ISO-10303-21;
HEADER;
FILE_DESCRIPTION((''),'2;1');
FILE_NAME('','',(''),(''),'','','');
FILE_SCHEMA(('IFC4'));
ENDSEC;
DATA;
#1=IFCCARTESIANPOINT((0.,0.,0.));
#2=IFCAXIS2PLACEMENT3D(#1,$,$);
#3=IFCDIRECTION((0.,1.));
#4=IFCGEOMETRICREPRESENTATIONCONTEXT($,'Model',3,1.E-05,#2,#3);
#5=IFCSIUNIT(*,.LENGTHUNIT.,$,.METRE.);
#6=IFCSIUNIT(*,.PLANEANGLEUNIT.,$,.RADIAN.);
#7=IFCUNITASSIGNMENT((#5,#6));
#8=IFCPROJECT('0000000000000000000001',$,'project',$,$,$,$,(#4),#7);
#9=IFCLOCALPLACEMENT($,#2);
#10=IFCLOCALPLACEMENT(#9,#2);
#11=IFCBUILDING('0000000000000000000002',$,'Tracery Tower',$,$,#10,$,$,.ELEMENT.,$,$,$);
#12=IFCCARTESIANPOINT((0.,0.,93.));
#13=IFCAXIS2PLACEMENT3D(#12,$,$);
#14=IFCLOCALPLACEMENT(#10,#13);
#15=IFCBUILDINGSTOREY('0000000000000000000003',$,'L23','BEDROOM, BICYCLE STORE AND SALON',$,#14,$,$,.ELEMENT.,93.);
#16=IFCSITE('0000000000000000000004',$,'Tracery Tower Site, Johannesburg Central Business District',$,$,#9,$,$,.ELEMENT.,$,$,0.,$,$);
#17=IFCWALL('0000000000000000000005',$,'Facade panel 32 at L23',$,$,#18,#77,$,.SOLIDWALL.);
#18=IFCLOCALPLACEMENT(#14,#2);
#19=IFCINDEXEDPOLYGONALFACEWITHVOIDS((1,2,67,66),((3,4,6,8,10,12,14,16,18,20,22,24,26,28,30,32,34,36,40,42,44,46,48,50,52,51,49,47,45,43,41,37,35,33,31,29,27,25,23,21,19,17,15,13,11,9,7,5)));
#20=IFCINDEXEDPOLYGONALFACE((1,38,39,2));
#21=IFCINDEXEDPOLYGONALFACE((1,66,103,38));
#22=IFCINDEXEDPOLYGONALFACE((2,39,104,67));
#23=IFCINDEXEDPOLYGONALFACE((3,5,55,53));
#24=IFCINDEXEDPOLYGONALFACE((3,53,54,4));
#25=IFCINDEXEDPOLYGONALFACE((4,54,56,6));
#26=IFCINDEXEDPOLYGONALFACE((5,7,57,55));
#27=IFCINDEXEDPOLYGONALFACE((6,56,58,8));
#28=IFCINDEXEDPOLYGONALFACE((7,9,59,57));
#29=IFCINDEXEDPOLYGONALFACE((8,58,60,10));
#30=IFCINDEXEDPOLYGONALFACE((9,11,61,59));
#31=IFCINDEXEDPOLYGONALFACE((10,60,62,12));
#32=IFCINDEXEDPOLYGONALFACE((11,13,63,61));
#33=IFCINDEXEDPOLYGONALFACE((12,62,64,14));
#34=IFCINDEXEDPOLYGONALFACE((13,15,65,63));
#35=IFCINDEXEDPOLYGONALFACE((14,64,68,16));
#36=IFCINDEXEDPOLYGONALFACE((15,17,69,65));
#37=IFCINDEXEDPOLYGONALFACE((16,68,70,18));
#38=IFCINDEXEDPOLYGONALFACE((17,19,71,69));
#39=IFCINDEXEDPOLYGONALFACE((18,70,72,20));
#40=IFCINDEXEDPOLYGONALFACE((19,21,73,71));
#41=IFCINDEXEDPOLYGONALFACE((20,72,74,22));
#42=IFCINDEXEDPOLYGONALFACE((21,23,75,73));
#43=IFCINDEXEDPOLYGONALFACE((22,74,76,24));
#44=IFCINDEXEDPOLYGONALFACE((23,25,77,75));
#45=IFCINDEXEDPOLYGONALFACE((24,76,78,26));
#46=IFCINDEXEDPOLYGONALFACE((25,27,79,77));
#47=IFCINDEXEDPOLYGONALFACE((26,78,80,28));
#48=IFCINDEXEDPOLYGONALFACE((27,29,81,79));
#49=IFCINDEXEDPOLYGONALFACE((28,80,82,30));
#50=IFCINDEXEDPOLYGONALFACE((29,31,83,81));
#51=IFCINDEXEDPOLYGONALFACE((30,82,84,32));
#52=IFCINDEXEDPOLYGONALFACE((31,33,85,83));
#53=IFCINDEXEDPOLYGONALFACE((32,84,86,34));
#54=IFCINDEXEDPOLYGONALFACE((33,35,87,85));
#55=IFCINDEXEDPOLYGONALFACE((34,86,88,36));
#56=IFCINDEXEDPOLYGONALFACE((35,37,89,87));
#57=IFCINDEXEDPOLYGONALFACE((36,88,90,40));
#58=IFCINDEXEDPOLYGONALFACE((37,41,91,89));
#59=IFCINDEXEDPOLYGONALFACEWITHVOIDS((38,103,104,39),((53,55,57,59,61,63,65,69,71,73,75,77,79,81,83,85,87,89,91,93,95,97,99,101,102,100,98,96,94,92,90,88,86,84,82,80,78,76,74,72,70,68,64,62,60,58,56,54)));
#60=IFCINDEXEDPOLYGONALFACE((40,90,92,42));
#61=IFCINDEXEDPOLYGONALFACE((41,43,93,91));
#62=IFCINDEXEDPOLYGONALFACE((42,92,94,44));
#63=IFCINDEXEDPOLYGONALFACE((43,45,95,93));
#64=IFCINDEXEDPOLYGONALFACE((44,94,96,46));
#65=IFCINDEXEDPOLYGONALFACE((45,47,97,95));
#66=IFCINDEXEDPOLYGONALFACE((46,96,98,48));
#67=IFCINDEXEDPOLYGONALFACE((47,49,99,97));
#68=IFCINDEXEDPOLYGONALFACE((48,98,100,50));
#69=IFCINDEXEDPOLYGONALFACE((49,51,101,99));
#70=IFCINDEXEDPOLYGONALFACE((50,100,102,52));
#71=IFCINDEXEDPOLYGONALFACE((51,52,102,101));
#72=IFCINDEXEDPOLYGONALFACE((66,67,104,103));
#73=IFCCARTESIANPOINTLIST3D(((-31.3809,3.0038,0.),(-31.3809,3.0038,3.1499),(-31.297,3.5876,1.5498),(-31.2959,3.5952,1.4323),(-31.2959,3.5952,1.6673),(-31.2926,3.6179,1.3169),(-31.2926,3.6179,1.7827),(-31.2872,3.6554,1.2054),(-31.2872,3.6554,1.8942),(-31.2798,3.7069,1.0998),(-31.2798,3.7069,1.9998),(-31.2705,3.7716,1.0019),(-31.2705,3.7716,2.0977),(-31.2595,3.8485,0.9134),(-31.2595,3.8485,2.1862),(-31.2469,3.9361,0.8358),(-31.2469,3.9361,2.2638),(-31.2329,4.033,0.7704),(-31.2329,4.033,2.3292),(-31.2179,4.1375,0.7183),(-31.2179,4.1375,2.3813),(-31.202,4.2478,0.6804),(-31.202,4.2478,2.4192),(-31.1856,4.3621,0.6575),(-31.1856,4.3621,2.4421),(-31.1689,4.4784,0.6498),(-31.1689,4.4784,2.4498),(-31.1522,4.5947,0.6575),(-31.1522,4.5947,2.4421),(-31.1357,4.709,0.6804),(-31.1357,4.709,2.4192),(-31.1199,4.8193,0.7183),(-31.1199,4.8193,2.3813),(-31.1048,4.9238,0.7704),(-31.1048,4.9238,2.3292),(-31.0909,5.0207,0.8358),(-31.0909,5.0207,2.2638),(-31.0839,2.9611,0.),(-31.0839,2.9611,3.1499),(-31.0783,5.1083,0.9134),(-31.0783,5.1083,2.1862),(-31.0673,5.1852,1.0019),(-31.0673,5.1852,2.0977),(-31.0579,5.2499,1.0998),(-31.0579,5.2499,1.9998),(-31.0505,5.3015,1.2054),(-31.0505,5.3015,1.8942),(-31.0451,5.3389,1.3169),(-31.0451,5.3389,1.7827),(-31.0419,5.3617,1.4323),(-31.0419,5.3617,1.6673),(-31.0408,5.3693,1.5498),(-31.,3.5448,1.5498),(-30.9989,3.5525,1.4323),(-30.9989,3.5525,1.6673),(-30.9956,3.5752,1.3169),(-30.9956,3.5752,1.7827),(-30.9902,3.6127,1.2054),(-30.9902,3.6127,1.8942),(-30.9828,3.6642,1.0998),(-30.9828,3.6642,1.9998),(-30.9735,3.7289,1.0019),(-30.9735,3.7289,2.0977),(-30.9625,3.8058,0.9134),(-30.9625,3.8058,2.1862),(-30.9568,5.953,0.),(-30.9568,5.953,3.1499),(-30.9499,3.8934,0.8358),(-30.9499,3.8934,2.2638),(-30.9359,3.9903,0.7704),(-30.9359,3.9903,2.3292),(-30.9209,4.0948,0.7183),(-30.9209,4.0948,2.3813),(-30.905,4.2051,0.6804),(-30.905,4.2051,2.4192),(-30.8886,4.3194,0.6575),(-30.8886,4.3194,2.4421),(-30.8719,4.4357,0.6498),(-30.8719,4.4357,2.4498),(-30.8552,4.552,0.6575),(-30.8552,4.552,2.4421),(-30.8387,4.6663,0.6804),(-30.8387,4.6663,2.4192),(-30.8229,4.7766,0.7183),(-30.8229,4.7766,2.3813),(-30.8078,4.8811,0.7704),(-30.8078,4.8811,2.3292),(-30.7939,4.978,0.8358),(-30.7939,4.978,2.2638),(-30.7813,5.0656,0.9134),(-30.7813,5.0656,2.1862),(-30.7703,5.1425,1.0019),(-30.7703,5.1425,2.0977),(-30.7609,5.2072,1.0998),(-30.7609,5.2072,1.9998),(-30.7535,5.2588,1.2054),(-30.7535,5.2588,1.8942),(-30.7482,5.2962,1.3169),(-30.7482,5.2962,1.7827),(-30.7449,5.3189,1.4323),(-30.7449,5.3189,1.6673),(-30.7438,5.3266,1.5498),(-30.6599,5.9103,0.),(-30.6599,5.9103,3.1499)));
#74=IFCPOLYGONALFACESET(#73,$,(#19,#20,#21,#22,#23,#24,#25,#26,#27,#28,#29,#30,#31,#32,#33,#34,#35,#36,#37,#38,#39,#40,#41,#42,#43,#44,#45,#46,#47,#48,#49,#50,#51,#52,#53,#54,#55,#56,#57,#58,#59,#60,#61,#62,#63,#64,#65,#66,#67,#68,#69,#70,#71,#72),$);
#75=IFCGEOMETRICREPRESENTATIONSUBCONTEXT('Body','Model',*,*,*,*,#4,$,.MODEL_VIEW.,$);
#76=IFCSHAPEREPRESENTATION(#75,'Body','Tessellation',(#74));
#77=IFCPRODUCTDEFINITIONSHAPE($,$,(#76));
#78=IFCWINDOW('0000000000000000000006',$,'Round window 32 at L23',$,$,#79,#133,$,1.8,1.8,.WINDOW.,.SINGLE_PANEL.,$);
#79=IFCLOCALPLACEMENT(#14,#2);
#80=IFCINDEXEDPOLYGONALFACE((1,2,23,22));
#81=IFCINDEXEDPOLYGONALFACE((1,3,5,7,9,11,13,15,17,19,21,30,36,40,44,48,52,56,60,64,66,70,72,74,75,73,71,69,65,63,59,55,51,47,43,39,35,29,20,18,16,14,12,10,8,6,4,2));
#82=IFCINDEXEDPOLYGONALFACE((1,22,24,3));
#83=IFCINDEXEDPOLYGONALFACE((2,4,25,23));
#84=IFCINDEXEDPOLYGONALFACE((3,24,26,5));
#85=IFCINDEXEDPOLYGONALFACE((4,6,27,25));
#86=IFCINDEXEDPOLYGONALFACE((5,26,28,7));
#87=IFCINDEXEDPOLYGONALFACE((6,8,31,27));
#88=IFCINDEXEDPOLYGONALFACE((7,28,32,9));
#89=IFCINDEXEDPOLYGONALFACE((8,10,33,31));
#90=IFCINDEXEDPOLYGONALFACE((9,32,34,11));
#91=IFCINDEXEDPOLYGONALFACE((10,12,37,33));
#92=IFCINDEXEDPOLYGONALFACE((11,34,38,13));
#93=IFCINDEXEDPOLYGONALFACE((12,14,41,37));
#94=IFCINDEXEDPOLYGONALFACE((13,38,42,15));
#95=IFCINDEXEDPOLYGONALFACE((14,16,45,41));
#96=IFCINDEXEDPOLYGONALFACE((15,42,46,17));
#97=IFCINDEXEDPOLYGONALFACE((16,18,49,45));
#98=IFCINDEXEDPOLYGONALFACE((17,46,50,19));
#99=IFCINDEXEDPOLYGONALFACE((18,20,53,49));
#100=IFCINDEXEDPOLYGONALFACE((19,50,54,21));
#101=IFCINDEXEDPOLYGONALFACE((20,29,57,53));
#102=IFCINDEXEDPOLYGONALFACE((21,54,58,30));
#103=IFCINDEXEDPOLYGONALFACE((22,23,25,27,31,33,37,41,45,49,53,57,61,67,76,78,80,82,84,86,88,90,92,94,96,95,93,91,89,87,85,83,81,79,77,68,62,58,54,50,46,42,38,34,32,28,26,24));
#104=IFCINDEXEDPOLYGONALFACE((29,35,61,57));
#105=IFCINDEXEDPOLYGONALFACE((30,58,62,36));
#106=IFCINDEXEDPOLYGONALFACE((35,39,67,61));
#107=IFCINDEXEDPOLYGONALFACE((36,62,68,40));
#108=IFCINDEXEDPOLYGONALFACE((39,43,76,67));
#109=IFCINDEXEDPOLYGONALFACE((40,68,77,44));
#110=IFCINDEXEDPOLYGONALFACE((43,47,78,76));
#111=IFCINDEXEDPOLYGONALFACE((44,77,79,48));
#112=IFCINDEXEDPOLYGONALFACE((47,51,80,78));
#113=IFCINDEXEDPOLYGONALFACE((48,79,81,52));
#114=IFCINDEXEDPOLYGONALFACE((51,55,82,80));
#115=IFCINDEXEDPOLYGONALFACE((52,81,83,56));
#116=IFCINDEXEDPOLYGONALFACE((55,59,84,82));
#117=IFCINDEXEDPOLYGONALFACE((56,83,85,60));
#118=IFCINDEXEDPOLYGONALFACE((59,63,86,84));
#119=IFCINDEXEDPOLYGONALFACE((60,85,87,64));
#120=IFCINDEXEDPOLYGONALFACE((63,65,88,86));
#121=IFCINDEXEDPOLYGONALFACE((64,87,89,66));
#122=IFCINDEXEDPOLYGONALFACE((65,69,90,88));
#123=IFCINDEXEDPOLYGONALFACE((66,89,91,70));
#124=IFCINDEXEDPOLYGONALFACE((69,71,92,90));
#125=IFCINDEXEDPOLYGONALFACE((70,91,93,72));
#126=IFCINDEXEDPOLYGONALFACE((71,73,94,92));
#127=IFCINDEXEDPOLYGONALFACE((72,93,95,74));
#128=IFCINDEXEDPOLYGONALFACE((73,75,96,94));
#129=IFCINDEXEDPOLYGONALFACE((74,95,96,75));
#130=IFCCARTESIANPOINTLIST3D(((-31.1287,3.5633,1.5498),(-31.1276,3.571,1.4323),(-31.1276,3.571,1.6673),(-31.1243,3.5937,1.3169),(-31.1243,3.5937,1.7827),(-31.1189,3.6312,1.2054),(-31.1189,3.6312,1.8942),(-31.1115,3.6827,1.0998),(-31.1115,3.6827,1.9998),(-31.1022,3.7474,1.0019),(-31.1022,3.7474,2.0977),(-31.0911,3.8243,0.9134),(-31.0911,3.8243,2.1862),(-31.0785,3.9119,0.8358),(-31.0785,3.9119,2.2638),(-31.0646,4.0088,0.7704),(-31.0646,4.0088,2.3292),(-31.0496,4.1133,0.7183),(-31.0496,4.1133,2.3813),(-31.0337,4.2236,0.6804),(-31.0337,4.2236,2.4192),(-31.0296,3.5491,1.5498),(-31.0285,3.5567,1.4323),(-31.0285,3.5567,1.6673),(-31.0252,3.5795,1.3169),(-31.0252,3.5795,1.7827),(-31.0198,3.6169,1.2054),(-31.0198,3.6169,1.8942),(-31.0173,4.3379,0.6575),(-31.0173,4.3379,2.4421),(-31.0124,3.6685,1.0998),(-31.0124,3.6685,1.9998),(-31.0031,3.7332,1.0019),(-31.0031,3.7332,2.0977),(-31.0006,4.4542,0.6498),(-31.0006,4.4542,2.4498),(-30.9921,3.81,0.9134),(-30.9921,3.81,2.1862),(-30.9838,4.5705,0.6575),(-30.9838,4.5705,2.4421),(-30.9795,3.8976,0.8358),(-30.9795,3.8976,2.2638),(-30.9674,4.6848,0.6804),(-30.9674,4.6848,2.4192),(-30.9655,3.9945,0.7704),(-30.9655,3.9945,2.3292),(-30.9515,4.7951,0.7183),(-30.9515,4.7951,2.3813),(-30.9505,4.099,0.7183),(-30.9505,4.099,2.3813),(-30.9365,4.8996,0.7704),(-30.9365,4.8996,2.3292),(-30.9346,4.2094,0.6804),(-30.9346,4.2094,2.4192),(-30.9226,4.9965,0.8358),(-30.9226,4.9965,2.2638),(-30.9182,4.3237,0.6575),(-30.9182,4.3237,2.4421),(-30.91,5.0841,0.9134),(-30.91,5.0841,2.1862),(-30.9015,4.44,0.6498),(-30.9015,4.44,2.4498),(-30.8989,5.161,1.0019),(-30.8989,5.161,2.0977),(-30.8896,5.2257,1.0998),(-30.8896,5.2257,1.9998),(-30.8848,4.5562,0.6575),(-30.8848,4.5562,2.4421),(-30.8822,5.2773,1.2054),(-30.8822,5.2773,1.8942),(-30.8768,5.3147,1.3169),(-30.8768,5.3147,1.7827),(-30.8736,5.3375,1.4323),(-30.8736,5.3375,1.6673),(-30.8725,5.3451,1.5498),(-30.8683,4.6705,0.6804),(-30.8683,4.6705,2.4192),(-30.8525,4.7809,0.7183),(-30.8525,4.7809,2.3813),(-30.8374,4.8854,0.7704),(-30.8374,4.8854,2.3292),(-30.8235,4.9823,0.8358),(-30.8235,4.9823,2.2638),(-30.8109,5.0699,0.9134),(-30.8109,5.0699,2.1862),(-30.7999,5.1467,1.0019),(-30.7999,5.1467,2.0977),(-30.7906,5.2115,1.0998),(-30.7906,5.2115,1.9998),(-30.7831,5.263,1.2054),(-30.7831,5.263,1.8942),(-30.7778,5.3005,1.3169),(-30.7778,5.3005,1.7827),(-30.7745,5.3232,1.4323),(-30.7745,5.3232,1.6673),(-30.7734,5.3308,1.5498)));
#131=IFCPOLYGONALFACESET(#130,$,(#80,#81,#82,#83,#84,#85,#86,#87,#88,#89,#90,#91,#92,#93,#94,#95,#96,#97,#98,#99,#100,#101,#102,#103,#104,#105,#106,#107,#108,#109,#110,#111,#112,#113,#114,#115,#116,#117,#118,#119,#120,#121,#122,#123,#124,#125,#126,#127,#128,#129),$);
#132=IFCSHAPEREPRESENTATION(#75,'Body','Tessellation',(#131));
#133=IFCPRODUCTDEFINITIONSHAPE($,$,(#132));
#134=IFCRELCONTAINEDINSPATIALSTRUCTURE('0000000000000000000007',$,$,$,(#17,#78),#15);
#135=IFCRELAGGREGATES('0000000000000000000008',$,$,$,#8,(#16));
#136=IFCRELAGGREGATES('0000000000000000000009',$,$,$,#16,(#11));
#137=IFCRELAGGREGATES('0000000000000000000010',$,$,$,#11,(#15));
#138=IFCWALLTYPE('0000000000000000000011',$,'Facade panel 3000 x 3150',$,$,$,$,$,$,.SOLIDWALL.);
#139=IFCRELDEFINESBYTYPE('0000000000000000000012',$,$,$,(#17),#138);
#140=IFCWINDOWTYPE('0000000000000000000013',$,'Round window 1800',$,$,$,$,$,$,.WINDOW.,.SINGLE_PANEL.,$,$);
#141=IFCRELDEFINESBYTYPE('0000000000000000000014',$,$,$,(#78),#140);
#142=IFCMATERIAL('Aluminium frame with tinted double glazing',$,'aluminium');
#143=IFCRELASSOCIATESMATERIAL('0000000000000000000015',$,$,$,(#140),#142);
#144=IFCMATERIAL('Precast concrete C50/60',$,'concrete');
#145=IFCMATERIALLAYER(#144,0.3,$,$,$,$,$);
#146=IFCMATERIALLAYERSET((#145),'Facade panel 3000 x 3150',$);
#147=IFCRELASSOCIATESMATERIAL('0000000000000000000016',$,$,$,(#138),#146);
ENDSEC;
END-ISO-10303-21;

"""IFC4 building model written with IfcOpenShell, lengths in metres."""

from ifc_helpers import new_model, si_unit, direction, frame, frame_2d, origin, origin_2d, place, context, subcontext, project, spatial, rectangle, circle, extrude, material, layer, layer_set, type_object, element, fill, save


model = new_model("IFC4")

# Units and contexts
model_context = context("Model", 3, precision=1e-05, world=origin(), true_north=direction((0.0, 1.0)))
body_context = subcontext(model_context, "Body", "Model", "MODEL_VIEW")
ifc_project = project(units=[si_unit("LENGTHUNIT", "METRE"), si_unit("PLANEANGLEUNIT", "RADIAN")], contexts=[model_context])

# Site, building, storey
site_placement = place(None, origin())
site = spatial("IfcSite", under=ifc_project, at=site_placement, Name="Tracery Tower Site, Johannesburg Central Business District", CompositionType="ELEMENT", RefElevation=0.0)
building_placement = place(site_placement, origin())
building = spatial("IfcBuilding", under=site, at=building_placement, Name="Tracery Tower", CompositionType="ELEMENT")
storey_placement = place(building_placement, frame((0.0, 0.0, 93.0)))
storey = spatial("IfcBuildingStorey", under=building, at=storey_placement, Name="L23", Description="BEDROOM, BICYCLE STORE AND SALON", CompositionType="ELEMENT", Elevation=93.0)

# Wall, opening, window
ifc_material_1 = material(Name="Aluminium frame with tinted double glazing", Category="aluminium")
window_type = type_object("IfcWindowType", Name="Round window 1800", PartitioningType="SINGLE_PANEL", PredefinedType="WINDOW", material=ifc_material_1)
ifc_material_2 = material(Name="Precast concrete C50/60", Category="concrete")
ifc_layer_1 = layer(ifc_material_2, 0.3)
ifc_layer_set_1 = layer_set([ifc_layer_1], Name="Facade panel 3000 x 3150")
wall_type_1 = type_object("IfcWallType", Name="Facade panel 3000 x 3150", PredefinedType="SOLIDWALL", material=ifc_layer_set_1)
wall_1_placement = place(storey_placement, frame((-30.8083, 5.9316, 0.0), z_axis=(0.0, 0.0, 1.0), x_axis=(-0.142328, -0.98982, 0.0)))
wall_1 = element("IfcWall", 1, at=wall_1_placement, inside=storey, type_object=wall_type_1, Name="Facade panel 32 at L23", PredefinedType="SOLIDWALL", context=body_context, shape_type="SweptSolid", body=[
    extrude(rectangle(XDim=2.9795, YDim=0.3, at=frame_2d((1.4897, 0.0))), origin(), (0.0, 0.0, 1.0), 3.1499),
])
opening_1_placement = place(wall_1_placement, frame((1.4897, 0.0, 1.5498)))
opening_1 = element("IfcOpeningElement", 2, at=opening_1_placement, cuts=wall_1, PredefinedType="OPENING", context=body_context, shape_type="SweptSolid", body=[
    extrude(circle(Radius=0.9, at=origin_2d()), frame((0.0, 0.1599, 0.0), z_axis=(0.0, -1.0, 0.0), x_axis=(1.0, 0.0, 0.0)), (0.0, 0.0, 1.0), 0.3201),
])
window_1_placement = place(opening_1_placement, origin())
window_1 = element("IfcWindow", 3, at=window_1_placement, inside=storey, type_object=window_type, Name="Round window 32 at L23", OverallHeight=1.8, OverallWidth=1.8, PartitioningType="SINGLE_PANEL", PredefinedType="WINDOW", context=body_context, shape_type="SweptSolid", body=[
    extrude(circle(Radius=0.9, at=origin_2d()), frame((0.0, 0.1201, 0.0), z_axis=(0.0, -1.0, 0.0), x_axis=(1.0, 0.0, 0.0)), (0.0, 0.0, 1.0), 0.1001),
])
fill(opening_1, window_1)

save(model, "model.ifc")
